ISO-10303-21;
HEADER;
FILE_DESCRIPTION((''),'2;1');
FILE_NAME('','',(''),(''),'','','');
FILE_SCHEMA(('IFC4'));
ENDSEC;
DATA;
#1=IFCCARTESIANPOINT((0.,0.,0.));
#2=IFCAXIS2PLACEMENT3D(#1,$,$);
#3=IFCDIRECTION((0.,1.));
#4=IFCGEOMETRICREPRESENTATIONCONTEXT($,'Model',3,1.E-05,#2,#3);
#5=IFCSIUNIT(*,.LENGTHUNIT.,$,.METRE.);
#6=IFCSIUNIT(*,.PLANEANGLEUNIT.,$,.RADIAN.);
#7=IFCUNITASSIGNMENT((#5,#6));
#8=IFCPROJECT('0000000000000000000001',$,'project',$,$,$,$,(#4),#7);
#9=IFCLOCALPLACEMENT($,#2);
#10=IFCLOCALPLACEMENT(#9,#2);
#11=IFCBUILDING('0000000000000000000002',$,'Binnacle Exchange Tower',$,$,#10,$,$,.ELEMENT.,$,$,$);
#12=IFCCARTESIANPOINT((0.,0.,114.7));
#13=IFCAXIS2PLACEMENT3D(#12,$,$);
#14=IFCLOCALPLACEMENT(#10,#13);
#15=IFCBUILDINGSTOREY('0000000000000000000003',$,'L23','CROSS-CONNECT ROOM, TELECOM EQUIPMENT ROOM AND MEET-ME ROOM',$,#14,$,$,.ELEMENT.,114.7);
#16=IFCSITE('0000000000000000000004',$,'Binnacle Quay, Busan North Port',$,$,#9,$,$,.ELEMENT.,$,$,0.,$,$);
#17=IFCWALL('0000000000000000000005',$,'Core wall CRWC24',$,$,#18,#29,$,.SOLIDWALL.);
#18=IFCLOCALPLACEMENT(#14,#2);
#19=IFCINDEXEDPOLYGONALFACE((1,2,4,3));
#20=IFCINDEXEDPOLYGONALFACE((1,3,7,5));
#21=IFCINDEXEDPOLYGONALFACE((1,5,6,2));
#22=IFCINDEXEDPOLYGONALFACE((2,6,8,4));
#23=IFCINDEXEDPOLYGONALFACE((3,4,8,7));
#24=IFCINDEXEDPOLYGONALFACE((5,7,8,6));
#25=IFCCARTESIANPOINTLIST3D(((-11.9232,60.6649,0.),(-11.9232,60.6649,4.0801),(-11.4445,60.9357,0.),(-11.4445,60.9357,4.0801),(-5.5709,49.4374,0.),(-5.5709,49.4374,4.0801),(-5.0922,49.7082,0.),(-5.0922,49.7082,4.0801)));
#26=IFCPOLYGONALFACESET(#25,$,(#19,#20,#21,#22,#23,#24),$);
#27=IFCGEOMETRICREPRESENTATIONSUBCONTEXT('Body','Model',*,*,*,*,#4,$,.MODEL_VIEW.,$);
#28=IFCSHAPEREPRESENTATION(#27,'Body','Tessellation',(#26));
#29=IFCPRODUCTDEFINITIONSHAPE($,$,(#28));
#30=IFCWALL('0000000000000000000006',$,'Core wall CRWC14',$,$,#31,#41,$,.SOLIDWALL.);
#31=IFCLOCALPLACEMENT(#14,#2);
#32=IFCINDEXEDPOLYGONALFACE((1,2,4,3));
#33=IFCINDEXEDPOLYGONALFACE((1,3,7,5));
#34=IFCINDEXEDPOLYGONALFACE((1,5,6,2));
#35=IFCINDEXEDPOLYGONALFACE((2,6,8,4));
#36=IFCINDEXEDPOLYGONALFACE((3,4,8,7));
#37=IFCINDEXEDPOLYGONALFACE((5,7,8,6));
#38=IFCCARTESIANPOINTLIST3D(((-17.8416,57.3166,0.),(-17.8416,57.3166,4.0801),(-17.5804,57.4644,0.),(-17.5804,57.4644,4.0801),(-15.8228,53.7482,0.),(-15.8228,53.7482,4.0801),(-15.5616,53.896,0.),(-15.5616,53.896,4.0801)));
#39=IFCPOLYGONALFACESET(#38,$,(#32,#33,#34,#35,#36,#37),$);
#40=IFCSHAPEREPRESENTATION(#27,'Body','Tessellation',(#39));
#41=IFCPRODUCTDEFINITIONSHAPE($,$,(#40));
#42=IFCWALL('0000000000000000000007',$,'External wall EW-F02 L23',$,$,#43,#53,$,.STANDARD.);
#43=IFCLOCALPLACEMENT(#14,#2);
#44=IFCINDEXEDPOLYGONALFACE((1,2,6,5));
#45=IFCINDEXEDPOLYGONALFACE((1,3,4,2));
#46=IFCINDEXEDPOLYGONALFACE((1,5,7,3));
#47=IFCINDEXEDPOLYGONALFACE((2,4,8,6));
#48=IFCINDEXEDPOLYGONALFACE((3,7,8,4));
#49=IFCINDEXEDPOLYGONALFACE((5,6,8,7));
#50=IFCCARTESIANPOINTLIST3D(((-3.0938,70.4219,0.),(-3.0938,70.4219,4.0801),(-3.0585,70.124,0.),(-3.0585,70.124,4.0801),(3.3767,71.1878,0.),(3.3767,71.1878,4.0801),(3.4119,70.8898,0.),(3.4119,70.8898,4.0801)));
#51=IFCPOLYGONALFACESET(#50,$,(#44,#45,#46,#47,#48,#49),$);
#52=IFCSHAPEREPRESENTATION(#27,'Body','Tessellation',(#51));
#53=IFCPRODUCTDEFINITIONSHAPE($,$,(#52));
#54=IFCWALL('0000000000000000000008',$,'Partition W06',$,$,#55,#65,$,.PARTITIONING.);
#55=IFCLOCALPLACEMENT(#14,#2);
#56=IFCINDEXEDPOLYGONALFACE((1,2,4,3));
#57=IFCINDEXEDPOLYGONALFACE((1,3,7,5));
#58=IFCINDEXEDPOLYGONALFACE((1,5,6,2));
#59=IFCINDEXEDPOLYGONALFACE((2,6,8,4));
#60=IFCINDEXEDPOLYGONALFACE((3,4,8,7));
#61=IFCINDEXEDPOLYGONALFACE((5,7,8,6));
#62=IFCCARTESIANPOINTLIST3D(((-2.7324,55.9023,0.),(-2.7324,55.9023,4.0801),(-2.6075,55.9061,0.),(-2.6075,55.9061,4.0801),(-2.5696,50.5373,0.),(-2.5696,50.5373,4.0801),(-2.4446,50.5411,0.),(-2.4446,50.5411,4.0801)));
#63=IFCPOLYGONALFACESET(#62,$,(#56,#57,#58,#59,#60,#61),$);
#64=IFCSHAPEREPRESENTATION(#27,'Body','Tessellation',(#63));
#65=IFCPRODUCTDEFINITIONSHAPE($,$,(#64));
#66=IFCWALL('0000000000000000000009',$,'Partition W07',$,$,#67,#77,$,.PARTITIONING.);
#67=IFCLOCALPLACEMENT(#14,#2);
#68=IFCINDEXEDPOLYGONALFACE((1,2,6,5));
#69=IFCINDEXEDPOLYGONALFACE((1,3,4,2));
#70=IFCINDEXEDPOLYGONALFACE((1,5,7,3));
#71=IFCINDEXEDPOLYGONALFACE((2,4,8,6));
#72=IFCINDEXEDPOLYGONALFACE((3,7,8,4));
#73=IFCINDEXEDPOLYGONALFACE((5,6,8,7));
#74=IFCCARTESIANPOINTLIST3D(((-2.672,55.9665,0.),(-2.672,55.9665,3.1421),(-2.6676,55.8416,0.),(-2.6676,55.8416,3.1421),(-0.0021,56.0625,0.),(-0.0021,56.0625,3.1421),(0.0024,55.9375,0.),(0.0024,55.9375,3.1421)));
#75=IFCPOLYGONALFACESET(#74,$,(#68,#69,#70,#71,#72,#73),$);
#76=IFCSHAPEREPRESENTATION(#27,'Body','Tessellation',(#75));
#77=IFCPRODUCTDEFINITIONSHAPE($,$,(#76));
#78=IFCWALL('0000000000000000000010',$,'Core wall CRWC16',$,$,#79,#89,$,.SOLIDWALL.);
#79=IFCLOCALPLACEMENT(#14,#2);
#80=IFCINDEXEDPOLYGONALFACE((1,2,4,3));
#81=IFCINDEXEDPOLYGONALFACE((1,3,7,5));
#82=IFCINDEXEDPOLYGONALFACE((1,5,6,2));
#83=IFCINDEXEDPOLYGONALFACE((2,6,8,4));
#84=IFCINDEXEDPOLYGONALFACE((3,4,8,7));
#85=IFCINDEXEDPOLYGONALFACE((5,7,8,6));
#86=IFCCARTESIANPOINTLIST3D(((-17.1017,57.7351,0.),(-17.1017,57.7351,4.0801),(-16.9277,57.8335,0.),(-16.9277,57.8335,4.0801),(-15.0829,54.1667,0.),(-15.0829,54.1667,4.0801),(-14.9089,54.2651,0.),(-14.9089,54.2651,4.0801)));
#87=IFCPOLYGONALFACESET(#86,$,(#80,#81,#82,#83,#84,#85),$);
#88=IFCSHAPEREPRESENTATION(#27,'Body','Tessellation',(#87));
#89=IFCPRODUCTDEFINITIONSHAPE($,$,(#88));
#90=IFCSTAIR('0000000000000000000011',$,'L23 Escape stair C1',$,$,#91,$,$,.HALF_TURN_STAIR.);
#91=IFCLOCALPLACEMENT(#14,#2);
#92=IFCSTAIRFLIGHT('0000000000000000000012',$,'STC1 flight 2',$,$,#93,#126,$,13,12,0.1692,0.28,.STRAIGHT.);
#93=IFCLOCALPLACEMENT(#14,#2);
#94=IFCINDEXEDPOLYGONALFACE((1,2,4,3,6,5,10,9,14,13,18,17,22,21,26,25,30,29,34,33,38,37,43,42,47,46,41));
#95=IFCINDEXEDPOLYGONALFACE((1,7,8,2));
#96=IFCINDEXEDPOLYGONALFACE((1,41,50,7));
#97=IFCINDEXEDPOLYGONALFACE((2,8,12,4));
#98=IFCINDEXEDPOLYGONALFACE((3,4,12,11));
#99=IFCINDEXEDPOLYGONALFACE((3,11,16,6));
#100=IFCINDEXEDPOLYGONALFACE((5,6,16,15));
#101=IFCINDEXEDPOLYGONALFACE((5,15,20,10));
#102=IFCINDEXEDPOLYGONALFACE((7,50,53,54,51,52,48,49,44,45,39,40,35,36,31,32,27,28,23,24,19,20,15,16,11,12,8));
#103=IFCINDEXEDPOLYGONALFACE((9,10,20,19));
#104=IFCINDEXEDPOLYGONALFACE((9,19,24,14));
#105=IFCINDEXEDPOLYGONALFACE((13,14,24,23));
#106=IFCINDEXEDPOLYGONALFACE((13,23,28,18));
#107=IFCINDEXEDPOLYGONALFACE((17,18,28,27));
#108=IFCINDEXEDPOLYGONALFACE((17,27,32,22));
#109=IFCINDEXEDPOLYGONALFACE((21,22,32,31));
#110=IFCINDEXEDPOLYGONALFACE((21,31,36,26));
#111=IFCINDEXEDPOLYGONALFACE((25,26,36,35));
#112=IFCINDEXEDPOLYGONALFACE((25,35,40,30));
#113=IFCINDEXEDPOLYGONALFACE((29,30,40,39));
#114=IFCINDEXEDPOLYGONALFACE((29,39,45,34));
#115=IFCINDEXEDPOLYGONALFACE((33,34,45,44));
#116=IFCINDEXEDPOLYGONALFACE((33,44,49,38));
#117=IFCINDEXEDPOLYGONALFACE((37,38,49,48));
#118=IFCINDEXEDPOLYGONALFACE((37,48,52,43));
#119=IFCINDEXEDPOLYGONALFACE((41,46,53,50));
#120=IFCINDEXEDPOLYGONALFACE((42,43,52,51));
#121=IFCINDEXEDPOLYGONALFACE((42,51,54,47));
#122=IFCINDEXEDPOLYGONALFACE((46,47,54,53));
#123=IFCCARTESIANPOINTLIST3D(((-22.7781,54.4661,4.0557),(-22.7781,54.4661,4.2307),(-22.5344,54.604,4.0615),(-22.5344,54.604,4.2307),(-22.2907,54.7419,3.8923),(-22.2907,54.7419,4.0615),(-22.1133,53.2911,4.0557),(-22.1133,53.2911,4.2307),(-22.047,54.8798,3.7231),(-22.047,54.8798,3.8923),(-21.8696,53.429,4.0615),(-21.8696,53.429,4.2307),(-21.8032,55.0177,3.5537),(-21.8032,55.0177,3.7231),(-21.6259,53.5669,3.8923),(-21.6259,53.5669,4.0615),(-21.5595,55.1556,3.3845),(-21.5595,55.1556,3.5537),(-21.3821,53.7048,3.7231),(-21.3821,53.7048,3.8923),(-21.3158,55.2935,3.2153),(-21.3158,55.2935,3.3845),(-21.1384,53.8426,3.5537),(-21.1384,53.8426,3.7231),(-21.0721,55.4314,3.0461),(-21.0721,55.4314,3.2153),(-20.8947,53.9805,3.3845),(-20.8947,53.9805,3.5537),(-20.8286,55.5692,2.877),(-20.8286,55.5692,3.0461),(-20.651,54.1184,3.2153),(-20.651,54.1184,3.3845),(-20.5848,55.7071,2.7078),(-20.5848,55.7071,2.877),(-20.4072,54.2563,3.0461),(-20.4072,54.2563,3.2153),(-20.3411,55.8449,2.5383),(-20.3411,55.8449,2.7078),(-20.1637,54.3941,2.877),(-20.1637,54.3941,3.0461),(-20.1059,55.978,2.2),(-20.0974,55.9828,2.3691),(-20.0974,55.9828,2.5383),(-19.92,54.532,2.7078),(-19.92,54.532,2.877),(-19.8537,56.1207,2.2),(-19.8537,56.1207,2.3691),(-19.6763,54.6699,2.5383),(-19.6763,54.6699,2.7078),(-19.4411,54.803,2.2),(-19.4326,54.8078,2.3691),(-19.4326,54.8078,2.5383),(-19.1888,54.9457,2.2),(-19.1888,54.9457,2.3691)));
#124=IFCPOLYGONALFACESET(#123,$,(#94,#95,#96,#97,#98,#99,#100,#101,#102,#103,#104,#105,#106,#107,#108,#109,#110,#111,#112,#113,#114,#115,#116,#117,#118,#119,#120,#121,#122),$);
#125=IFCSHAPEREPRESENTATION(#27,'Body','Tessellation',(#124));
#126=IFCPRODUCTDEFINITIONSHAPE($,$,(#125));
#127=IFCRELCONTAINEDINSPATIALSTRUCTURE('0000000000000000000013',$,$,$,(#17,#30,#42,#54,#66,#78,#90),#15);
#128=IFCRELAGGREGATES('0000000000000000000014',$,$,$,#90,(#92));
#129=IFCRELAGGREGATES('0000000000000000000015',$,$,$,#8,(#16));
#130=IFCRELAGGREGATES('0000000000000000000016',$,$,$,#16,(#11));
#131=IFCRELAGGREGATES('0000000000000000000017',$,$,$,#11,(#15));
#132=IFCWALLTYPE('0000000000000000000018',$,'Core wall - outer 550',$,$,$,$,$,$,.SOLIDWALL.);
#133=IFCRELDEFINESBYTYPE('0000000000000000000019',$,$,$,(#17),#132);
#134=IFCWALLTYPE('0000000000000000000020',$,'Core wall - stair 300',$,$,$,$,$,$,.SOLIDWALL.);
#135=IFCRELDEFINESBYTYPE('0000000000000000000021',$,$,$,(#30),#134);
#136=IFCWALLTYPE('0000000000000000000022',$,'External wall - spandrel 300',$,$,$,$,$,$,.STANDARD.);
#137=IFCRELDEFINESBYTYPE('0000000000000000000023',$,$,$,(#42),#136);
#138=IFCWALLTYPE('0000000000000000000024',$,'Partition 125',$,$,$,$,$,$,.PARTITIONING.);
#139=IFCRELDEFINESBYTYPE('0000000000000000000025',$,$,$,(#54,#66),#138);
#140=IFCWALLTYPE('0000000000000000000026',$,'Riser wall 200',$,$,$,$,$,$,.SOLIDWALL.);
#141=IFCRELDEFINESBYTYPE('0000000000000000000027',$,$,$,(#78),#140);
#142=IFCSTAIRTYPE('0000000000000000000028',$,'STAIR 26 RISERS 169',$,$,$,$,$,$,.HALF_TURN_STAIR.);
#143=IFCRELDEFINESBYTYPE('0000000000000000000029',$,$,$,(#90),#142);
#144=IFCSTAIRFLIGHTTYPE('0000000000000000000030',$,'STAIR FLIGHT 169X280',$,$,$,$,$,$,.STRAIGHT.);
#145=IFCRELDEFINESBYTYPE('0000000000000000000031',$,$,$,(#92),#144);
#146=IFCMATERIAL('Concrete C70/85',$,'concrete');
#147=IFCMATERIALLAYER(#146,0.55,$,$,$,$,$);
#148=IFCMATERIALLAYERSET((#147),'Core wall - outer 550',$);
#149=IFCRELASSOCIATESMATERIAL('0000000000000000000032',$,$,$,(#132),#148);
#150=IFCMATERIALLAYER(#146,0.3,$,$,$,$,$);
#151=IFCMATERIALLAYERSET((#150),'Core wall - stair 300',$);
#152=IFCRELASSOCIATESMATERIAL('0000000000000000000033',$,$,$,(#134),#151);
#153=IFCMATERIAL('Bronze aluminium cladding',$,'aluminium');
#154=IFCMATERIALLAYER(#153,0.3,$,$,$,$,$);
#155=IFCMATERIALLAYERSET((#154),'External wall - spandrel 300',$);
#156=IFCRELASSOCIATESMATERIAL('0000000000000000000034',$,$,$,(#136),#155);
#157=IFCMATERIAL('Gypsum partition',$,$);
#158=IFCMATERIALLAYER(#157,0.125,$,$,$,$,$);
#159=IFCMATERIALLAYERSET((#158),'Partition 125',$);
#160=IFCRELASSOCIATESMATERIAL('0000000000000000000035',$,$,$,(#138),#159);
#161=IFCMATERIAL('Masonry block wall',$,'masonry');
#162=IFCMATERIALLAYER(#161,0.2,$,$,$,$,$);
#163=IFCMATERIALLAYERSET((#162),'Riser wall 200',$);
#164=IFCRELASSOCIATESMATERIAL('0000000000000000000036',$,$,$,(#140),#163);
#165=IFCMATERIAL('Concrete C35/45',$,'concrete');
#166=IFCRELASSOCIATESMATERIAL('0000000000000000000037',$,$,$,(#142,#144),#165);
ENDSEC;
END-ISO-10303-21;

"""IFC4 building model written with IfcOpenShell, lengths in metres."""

from ifc_helpers import new_model, si_unit, direction, frame, frame_2d, origin, place, context, subcontext, project, spatial, polyline, rectangle, outline, extrude, material, layer, layer_set, type_object, element, aggregate, save


model = new_model("IFC4")

# Units and contexts
model_context = context("Model", 3, precision=1e-05, world=origin(), true_north=direction((0.0, 1.0)))
body_context = subcontext(model_context, "Body", "Model", "MODEL_VIEW")
ifc_project = project(units=[si_unit("LENGTHUNIT", "METRE"), si_unit("PLANEANGLEUNIT", "RADIAN")], contexts=[model_context])

# Site, building, storey
site_placement = place(None, origin())
site = spatial("IfcSite", under=ifc_project, at=site_placement, Name="Binnacle Quay, Busan North Port", CompositionType="ELEMENT", RefElevation=0.0)
building_placement = place(site_placement, origin())
building = spatial("IfcBuilding", under=site, at=building_placement, Name="Binnacle Exchange Tower", CompositionType="ELEMENT")
storey_placement = place(building_placement, frame((0.0, 0.0, 114.7)))
storey = spatial("IfcBuildingStorey", under=building, at=storey_placement, Name="L23", Description="CROSS-CONNECT ROOM, TELECOM EQUIPMENT ROOM AND MEET-ME ROOM", CompositionType="ELEMENT", Elevation=114.7)

# Shared definitions
ifc_material_1 = material(Name="Concrete C70/85", Category="concrete")

# Walls
ifc_layer_1 = layer(ifc_material_1, 0.55)
ifc_layer_set_1 = layer_set([ifc_layer_1], Name="Core wall - outer 550")
wall_type_1 = type_object("IfcWallType", Name="Core wall - outer 550", PredefinedType="SOLIDWALL", material=ifc_layer_set_1)
wall_1_placement = place(storey_placement, frame((-11.6838, 60.8003, 0.0), z_axis=(0.0, 0.0, 1.0), x_axis=(0.492427, -0.870354, 0.0)))
element("IfcWall", 1, at=wall_1_placement, inside=storey, type_object=wall_type_1, Name="Core wall CRWC24", PredefinedType="SOLIDWALL", context=body_context, shape_type="SweptSolid", body=[
    extrude(rectangle(XDim=12.8999, YDim=0.55, at=frame_2d((6.45, 0.0))), origin(), (0.0, 0.0, 1.0), 4.0801),
])
ifc_layer_2 = layer(ifc_material_1, 0.3)
ifc_layer_set_2 = layer_set([ifc_layer_2], Name="Core wall - stair 300")
wall_type_2 = type_object("IfcWallType", Name="Core wall - stair 300", PredefinedType="SOLIDWALL", material=ifc_layer_set_2)
wall_2_placement = place(storey_placement, frame((-17.7109, 57.3904, 0.0), z_axis=(0.0, 0.0, 1.0), x_axis=(0.492408, -0.870364, 0.0)))
element("IfcWall", 2, at=wall_2_placement, inside=storey, type_object=wall_type_2, Name="Core wall CRWC14", PredefinedType="SOLIDWALL", context=body_context, shape_type="SweptSolid", body=[
    extrude(rectangle(XDim=4.0999, YDim=0.3, at=frame_2d((2.0498, 0.0))), origin(), (0.0, 0.0, 1.0), 4.0801),
])
ifc_material_2 = material(Name="Bronze aluminium cladding", Category="aluminium")
ifc_layer_3 = layer(ifc_material_2, 0.3)
ifc_layer_set_3 = layer_set([ifc_layer_3], Name="External wall - spandrel 300")
wall_type_3 = type_object("IfcWallType", Name="External wall - spandrel 300", PredefinedType="STANDARD", material=ifc_layer_set_3)
wall_3_placement = place(storey_placement, frame((-3.0762, 70.2729, 0.0), z_axis=(0.0, 0.0, 1.0), x_axis=(0.993068, 0.117543, 0.0)))
element("IfcWall", 3, at=wall_3_placement, inside=storey, type_object=wall_type_3, Name="External wall EW-F02 L23", PredefinedType="STANDARD", context=body_context, shape_type="SweptSolid", body=[
    extrude(rectangle(XDim=6.5156, YDim=0.3, at=frame_2d((3.2578, 0.0))), origin(), (0.0, 0.0, 1.0), 4.0801),
])
ifc_material_3 = material(Name="Gypsum partition")
ifc_layer_4 = layer(ifc_material_3, 0.125)
ifc_layer_set_4 = layer_set([ifc_layer_4], Name="Partition 125")
wall_type_4 = type_object("IfcWallType", Name="Partition 125", PredefinedType="PARTITIONING", material=ifc_layer_set_4)
wall_4_placement = place(storey_placement, frame((-2.6699, 55.9041, 0.0), z_axis=(0.0, 0.0, 1.0), x_axis=(0.030339, -0.99954, 0.0)))
element("IfcWall", 4, at=wall_4_placement, inside=storey, type_object=wall_type_4, Name="Partition W06", PredefinedType="PARTITIONING", context=body_context, shape_type="SweptSolid", body=[
    extrude(rectangle(XDim=5.3674, YDim=0.125, at=frame_2d((2.6836, 0.0))), origin(), (0.0, 0.0, 1.0), 4.0801),
])
wall_5_placement = place(storey_placement, frame((-2.6699, 55.9041, 0.0), z_axis=(0.0, 0.0, 1.0), x_axis=(0.999355, 0.035913, 0.0)))
element("IfcWall", 5, at=wall_5_placement, inside=storey, type_object=wall_type_4, Name="Partition W07", PredefinedType="PARTITIONING", context=body_context, shape_type="SweptSolid", body=[
    extrude(rectangle(XDim=2.6716, YDim=0.125, at=frame_2d((1.3359, 0.0))), origin(), (0.0, 0.0, 1.0), 3.1421),
])
ifc_material_4 = material(Name="Masonry block wall", Category="masonry")
ifc_layer_5 = layer(ifc_material_4, 0.2)
ifc_layer_set_5 = layer_set([ifc_layer_5], Name="Riser wall 200")
wall_type_5 = type_object("IfcWallType", Name="Riser wall 200", PredefinedType="SOLIDWALL", material=ifc_layer_set_5)
wall_6_placement = place(storey_placement, frame((-17.0146, 57.7842, 0.0), z_axis=(0.0, 0.0, 1.0), x_axis=(0.492408, -0.870364, 0.0)))
element("IfcWall", 6, at=wall_6_placement, inside=storey, type_object=wall_type_5, Name="Core wall CRWC16", PredefinedType="SOLIDWALL", context=body_context, shape_type="SweptSolid", body=[
    extrude(rectangle(XDim=4.0999, YDim=0.2, at=frame_2d((2.0498, 0.0))), origin(), (0.0, 0.0, 1.0), 4.0801),
])

# Stair, stair flight
ifc_material_5 = material(Name="Concrete C35/45", Category="concrete")
stair_type = type_object("IfcStairType", Name="STAIR 26 RISERS 169", PredefinedType="HALF_TURN_STAIR", material=ifc_material_5)
stair_placement = place(storey_placement, origin())
stair = element("IfcStair", 7, at=stair_placement, inside=storey, type_object=stair_type, Name="L23 Escape stair C1", PredefinedType="HALF_TURN_STAIR")
stair_flight_type = type_object("IfcStairFlightType", Name="STAIR FLIGHT 169X280", PredefinedType="STRAIGHT", material=ifc_material_5)
stair_flight_placement = place(storey_placement, frame((-19.5212, 55.5332, 2.2), z_axis=(0.0, 0.0, 1.0), x_axis=(-0.870356, -0.492424, 0.0)))
stair_flight = element("IfcStairFlight", 8, at=stair_flight_placement, type_object=stair_flight_type, Name="STC1 flight 2", NumberOfRisers=13, NumberOfTreads=12, PredefinedType="STRAIGHT", RiserHeight=0.1692, TreadLength=0.28, context=body_context, shape_type="SweptSolid", body=[
    extrude(outline(polyline([(0.0, 0.0), (0.0, 0.1692), (0.28, 0.1692), (0.28, 0.3384), (0.5601, 0.3384), (0.5601, 0.5078), (0.8401, 0.5078), (0.8401, 0.677), (1.1201, 0.677), (1.1201, 0.8462), (1.3999, 0.8462), (1.3999, 1.0154), (1.6799, 1.0154), (1.6799, 1.1846), (1.96, 1.1846), (1.96, 1.3538), (2.24, 1.3538), (2.24, 1.5232), (2.52, 1.5232), (2.52, 1.6924), (2.8, 1.6924), (2.8, 1.8616), (3.0801, 1.8616), (3.0801, 2.0308), (3.3601, 2.0308), (3.3601, 2.2), (3.3601, 1.8557), (0.2898, 0.0), (0.0, 0.0)])), frame((0.0, 0.675, 0.0), z_axis=(0.0, -1.0, 0.0), x_axis=(1.0, 0.0, 0.0)), (0.0, 0.0, 1.0), 1.3501),
])
aggregate(stair, [stair_flight])

save(model, "model.ifc")
